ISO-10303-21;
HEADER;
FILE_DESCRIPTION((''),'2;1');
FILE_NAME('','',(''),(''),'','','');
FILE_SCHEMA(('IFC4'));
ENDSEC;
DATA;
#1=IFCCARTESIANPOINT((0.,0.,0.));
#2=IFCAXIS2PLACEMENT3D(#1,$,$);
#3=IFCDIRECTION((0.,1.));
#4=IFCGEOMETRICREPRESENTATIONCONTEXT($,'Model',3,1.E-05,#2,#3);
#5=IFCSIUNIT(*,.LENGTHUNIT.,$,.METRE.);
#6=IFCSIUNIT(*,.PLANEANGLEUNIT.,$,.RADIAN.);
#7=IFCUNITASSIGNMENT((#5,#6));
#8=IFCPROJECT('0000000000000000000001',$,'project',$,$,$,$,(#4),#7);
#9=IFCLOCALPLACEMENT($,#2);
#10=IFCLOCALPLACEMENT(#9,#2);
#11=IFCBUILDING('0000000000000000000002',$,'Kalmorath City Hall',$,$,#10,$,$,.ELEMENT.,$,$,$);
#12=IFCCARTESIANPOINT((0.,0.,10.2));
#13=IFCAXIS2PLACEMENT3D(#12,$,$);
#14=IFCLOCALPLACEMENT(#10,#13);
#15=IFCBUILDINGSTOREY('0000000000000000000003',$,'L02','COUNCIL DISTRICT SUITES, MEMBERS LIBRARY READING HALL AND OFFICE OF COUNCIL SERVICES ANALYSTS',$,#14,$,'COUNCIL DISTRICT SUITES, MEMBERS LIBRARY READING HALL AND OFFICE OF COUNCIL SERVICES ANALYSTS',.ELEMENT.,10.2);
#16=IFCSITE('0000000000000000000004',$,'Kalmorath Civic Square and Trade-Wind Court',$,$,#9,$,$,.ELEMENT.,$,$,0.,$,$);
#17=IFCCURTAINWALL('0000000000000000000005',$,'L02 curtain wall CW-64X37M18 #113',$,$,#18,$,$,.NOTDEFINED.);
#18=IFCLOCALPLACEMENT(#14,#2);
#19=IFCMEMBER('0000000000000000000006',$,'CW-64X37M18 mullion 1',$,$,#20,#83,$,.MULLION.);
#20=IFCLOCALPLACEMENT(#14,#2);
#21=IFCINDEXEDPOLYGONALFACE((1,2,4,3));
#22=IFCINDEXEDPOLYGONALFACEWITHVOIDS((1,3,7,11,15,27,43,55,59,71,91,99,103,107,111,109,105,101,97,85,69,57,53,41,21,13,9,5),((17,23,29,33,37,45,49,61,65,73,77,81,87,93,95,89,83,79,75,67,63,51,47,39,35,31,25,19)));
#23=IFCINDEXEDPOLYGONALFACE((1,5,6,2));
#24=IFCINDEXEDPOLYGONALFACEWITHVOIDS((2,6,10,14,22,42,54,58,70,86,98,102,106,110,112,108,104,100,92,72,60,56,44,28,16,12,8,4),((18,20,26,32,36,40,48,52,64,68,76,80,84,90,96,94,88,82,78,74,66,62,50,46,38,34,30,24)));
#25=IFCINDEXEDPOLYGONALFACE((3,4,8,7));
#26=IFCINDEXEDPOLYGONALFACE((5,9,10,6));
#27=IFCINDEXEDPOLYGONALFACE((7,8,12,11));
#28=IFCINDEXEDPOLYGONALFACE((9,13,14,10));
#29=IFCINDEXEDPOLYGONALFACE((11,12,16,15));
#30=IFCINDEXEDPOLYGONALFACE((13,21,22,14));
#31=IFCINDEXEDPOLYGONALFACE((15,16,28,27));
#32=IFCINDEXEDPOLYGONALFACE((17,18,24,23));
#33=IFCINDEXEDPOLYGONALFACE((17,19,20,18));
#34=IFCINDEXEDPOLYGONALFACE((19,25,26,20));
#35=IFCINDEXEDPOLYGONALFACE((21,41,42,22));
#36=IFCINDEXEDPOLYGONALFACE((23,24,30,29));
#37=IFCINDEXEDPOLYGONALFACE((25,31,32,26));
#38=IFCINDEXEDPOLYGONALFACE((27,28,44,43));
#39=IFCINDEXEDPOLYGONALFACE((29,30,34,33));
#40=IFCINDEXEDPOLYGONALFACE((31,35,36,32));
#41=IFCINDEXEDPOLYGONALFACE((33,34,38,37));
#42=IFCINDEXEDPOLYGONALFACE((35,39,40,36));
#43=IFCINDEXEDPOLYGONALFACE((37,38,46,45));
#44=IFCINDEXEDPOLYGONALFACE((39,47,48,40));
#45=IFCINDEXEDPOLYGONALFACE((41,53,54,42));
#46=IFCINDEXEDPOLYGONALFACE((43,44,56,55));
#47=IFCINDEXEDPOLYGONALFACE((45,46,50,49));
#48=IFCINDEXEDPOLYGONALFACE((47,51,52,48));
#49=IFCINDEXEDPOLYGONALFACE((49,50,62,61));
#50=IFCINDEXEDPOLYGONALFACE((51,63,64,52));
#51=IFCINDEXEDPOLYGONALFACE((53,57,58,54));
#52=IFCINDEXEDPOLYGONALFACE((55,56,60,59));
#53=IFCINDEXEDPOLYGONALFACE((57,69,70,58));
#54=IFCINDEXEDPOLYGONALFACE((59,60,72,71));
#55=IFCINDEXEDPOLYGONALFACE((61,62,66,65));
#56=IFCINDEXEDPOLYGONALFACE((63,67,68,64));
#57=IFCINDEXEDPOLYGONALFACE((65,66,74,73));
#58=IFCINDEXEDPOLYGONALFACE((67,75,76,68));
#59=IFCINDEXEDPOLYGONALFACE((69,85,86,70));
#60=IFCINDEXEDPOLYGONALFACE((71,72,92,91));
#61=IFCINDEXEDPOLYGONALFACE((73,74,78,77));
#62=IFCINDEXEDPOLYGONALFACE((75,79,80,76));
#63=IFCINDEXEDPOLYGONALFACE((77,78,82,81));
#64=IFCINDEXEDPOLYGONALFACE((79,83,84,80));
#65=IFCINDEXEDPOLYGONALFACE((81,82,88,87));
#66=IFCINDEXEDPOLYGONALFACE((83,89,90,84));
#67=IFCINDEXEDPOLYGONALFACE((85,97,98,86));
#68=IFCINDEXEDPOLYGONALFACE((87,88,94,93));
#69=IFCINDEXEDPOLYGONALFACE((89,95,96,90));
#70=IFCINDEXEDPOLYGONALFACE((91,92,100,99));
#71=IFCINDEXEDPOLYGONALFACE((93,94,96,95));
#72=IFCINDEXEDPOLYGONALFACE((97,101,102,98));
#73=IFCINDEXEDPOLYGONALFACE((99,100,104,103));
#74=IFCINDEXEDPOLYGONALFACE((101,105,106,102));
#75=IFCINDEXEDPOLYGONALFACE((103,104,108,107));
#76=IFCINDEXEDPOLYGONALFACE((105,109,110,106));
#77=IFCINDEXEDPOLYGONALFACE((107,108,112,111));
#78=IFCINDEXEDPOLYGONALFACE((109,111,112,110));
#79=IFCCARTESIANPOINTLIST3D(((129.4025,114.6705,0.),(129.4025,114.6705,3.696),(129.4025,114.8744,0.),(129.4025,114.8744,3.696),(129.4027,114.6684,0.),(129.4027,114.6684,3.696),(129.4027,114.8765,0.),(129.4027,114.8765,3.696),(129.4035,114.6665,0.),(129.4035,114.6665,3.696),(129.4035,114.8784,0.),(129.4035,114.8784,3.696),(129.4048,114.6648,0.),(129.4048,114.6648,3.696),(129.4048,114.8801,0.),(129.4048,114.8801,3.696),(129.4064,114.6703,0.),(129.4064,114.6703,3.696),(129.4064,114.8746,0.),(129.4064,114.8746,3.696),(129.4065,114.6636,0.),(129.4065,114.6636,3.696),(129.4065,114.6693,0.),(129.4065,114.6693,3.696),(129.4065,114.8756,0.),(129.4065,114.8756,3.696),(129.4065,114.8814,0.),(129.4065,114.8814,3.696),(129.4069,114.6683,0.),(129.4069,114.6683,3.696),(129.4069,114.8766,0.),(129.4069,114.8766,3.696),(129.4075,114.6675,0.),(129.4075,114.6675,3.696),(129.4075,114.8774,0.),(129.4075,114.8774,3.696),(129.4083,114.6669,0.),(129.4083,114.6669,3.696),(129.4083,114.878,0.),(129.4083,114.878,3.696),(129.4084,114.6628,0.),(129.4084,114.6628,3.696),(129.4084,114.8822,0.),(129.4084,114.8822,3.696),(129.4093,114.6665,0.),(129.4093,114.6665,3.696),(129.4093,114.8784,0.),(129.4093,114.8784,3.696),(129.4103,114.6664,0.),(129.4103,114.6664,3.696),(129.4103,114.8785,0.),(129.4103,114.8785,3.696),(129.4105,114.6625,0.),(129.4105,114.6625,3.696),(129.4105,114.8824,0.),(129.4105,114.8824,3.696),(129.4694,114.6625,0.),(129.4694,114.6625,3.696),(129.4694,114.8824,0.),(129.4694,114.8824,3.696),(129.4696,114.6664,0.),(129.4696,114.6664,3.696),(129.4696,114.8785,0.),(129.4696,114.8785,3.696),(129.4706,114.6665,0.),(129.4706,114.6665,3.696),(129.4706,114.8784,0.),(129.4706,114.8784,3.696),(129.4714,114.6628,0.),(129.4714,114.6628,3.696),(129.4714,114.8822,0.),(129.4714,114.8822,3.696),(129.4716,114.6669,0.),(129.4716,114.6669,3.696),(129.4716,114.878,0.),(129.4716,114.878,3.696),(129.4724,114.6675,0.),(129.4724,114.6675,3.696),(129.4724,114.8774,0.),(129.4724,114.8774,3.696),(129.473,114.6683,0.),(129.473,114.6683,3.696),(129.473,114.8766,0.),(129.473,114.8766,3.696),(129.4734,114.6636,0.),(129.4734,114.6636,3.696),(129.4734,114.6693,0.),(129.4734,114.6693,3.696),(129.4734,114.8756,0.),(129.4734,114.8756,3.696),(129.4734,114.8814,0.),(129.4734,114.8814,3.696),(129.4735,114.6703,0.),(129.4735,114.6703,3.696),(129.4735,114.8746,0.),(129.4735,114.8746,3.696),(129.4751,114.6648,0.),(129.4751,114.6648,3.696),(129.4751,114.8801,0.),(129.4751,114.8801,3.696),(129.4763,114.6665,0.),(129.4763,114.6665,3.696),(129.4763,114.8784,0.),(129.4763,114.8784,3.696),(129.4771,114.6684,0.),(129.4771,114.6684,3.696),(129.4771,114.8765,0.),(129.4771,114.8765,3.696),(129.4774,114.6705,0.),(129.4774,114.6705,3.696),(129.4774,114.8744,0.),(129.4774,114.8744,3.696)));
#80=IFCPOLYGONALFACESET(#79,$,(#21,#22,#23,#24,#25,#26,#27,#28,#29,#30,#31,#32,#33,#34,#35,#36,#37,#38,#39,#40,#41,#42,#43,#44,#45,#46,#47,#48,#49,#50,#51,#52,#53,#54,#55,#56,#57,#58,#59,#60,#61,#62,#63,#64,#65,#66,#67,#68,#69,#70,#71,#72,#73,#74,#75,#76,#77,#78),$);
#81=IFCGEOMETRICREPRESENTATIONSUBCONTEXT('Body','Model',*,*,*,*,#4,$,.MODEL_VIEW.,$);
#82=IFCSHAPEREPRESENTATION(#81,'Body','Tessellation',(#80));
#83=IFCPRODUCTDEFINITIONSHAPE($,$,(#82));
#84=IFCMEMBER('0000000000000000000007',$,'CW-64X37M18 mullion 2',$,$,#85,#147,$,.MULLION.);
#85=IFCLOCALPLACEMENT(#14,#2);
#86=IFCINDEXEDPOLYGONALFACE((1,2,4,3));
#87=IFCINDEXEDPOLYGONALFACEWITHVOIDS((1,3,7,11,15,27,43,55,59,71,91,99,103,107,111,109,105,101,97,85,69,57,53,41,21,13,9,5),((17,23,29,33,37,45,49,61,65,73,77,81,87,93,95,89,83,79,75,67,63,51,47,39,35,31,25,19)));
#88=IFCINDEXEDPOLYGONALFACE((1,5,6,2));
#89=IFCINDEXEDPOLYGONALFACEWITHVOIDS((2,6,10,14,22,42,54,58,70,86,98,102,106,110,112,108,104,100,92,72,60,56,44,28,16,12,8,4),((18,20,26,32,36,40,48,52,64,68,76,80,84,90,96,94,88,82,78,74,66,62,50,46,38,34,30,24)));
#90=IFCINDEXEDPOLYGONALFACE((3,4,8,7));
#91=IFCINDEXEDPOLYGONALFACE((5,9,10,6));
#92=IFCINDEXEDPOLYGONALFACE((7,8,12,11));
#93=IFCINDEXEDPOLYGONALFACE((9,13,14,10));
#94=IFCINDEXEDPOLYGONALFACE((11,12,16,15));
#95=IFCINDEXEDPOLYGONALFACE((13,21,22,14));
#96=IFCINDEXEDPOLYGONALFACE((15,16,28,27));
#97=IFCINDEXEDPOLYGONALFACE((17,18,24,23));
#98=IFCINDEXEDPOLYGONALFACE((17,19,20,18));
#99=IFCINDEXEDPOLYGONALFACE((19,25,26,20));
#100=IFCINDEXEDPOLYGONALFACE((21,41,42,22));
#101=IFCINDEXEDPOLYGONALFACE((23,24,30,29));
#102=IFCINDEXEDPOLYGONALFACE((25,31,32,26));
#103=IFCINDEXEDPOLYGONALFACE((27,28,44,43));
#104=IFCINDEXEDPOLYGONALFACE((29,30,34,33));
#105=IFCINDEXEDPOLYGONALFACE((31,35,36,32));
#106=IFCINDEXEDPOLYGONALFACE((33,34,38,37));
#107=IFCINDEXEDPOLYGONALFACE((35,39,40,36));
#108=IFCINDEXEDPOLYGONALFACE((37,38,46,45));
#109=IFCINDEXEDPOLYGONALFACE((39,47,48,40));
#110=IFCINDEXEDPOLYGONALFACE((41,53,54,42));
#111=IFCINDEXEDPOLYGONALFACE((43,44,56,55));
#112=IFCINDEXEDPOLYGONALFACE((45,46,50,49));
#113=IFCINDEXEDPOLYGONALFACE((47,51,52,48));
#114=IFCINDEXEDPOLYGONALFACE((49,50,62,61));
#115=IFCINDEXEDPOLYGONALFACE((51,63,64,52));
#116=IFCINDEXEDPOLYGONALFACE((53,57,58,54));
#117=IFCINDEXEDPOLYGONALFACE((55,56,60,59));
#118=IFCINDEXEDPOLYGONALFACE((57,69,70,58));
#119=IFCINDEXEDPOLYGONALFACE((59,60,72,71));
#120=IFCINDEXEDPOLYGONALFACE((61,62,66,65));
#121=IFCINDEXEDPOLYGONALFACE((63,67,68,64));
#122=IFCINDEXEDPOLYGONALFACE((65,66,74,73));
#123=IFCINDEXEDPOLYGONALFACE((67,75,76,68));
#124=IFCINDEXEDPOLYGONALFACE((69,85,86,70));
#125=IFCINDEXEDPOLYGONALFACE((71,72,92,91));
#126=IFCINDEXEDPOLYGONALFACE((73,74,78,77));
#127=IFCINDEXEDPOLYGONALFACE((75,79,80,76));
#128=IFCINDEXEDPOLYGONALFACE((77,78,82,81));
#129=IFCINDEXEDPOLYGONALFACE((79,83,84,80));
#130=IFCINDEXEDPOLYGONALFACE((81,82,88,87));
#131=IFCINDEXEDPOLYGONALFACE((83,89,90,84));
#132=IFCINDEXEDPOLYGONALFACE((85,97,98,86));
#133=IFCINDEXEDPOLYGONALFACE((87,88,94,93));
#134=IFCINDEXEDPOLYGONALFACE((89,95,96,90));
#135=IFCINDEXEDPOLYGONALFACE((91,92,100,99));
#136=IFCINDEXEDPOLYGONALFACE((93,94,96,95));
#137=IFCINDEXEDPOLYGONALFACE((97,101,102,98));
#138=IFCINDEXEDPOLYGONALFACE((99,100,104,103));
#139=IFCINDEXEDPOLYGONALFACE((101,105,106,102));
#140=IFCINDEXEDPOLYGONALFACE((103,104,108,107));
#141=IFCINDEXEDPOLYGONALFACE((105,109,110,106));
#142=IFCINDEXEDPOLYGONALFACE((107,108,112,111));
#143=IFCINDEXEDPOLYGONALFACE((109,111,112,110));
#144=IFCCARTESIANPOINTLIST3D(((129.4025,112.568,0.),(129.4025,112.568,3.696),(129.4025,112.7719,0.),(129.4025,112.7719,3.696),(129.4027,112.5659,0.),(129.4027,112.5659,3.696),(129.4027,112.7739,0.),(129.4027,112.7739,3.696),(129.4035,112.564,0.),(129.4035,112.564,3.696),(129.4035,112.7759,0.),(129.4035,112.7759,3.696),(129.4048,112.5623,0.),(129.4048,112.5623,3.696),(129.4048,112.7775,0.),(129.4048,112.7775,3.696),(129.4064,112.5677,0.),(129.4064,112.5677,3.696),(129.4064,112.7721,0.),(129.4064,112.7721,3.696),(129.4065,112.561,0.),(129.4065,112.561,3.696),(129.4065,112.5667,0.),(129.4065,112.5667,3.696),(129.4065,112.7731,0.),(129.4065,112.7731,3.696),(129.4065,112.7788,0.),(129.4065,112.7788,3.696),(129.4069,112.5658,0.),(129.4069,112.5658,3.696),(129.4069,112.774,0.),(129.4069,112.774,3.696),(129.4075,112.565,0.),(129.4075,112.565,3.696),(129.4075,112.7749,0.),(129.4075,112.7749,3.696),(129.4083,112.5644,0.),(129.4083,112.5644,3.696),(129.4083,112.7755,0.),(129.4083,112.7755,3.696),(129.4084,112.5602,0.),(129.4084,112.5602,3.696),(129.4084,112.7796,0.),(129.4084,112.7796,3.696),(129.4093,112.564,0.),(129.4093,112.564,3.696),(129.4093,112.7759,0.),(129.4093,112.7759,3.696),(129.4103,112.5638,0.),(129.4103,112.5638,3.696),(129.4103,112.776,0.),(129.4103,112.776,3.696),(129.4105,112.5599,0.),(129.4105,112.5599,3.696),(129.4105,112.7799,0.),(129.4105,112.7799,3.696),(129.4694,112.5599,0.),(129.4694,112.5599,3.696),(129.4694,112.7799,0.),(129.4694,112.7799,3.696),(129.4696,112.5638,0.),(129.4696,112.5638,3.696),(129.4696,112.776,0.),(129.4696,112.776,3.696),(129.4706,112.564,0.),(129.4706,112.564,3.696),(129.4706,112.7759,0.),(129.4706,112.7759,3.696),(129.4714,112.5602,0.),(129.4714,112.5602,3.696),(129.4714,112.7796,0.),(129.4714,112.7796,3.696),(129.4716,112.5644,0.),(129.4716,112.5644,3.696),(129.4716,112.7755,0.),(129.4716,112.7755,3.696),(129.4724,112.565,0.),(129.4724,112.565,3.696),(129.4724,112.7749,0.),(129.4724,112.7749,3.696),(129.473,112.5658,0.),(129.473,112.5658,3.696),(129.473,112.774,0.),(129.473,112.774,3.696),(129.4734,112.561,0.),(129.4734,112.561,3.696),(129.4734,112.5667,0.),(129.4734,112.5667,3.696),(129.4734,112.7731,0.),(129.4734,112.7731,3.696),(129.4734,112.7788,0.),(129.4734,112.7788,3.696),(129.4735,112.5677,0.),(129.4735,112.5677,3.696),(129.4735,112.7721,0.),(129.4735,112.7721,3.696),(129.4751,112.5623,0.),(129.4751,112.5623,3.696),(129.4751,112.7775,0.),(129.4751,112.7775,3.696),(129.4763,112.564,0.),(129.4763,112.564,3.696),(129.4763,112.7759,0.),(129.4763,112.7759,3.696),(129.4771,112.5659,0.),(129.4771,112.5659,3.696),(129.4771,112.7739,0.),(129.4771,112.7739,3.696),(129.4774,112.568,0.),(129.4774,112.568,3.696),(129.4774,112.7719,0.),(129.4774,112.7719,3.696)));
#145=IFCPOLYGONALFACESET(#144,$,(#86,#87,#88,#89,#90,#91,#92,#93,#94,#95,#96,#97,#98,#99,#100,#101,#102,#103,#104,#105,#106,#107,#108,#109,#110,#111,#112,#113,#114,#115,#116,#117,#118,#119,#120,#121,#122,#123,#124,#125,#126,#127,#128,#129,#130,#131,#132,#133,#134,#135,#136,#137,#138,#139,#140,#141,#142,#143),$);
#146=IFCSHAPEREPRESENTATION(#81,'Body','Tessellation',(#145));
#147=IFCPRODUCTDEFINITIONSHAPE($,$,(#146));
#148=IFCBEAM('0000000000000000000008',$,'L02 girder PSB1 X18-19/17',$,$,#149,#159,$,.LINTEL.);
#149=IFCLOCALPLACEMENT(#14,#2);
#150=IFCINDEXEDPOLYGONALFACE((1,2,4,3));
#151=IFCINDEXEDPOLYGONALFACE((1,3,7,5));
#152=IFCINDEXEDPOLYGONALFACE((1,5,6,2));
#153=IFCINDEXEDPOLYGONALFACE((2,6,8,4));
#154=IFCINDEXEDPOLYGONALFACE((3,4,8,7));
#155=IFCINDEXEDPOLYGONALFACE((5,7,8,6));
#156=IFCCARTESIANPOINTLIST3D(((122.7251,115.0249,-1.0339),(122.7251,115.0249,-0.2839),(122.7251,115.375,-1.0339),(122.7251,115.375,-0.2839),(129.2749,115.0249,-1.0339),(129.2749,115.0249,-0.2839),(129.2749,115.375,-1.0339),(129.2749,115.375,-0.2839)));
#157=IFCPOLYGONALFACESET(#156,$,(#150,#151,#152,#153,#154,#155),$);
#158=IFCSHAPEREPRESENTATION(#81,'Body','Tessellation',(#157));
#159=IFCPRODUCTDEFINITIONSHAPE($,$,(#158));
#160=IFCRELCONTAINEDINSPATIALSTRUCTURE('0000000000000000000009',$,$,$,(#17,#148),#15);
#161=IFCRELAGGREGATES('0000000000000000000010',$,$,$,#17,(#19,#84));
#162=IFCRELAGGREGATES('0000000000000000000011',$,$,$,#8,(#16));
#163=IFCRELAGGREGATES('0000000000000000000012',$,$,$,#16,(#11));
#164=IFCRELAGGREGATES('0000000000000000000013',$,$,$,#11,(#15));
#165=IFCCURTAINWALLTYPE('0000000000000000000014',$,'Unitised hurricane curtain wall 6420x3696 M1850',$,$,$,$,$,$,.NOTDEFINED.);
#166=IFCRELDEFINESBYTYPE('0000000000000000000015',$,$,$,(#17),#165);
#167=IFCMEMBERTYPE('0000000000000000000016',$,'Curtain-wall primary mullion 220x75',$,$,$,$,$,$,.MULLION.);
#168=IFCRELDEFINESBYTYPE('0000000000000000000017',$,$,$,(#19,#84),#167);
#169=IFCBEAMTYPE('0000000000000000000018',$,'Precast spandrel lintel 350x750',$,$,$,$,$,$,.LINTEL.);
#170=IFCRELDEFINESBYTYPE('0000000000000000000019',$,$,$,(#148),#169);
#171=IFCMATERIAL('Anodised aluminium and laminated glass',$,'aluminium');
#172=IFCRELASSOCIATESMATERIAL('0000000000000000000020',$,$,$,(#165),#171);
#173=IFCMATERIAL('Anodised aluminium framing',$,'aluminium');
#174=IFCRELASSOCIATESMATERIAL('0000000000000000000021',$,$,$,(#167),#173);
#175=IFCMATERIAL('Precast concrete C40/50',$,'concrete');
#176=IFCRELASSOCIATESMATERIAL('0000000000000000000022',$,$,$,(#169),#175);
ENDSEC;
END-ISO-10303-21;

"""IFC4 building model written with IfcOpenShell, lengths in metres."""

from ifc_helpers import new_model, si_unit, direction, frame, origin, origin_2d, place, context, subcontext, project, spatial, rectangle, hollow_rectangle, extrude, material, material_profile, profile_set, type_object, element, aggregate, save


model = new_model("IFC4")

# Units and contexts
model_context = context("Model", 3, precision=1e-05, world=origin(), true_north=direction((0.0, 1.0)))
body_context = subcontext(model_context, "Body", "Model", "MODEL_VIEW")
ifc_project = project(units=[si_unit("LENGTHUNIT", "METRE"), si_unit("PLANEANGLEUNIT", "RADIAN")], contexts=[model_context])

# Site, building, storey
site_placement = place(None, origin())
site = spatial("IfcSite", under=ifc_project, at=site_placement, Name="Kalmorath Civic Square and Trade-Wind Court", CompositionType="ELEMENT", RefElevation=0.0)
building_placement = place(site_placement, origin())
building = spatial("IfcBuilding", under=site, at=building_placement, Name="Kalmorath City Hall", CompositionType="ELEMENT")
storey_placement = place(building_placement, frame((0.0, 0.0, 10.2)))
storey = spatial("IfcBuildingStorey", under=building, at=storey_placement, Name="L02", Description="COUNCIL DISTRICT SUITES, MEMBERS LIBRARY READING HALL AND OFFICE OF COUNCIL SERVICES ANALYSTS", LongName="COUNCIL DISTRICT SUITES, MEMBERS LIBRARY READING HALL AND OFFICE OF COUNCIL SERVICES ANALYSTS", CompositionType="ELEMENT", Elevation=10.2)

# Curtain wall, members
ifc_material_1 = material(Name="Anodised aluminium and laminated glass", Category="aluminium")
curtain_wall_type = type_object("IfcCurtainWallType", Name="Unitised hurricane curtain wall 6420x3696 M1850", PredefinedType="NOTDEFINED", material=ifc_material_1)
curtain_wall_placement = place(storey_placement, origin())
curtain_wall = element("IfcCurtainWall", 1, at=curtain_wall_placement, inside=storey, type_object=curtain_wall_type, Name="L02 curtain wall CW-64X37M18 #113", PredefinedType="NOTDEFINED")
ifc_material_2 = material(Name="Anodised aluminium framing", Category="aluminium")
ifc_material_profile_1 = material_profile(ifc_material_2, hollow_rectangle(XDim=0.075, YDim=0.22, WallThickness=0.0039, InnerFilletRadius=0.0039, OuterFilletRadius=0.0081, at=origin_2d()), Name="ALU-MUL-220X75X4")
ifc_profile_set_1 = profile_set([ifc_material_profile_1], Name="Anodised aluminium framing")
member_type_1 = type_object("IfcMemberType", Name="Curtain-wall primary mullion 220x75", PredefinedType="MULLION", material=ifc_profile_set_1)
member_1_placement = place(storey_placement, frame((129.4399, 114.7725, 0.0), z_axis=(0.0, 0.0, 1.0), x_axis=(1.0, 0.0, 0.0)))
member_1 = element("IfcMember", 2, at=member_1_placement, type_object=member_type_1, Name="CW-64X37M18 mullion 1", PredefinedType="MULLION", context=body_context, shape_type="SweptSolid", body=[
    extrude(hollow_rectangle(XDim=0.075, YDim=0.22, WallThickness=0.0039, InnerFilletRadius=0.0039, OuterFilletRadius=0.0081, at=origin_2d()), origin(), (0.0, 0.0, 1.0), 3.696),
])
member_2_placement = place(storey_placement, frame((129.4399, 112.6699, 0.0), z_axis=(0.0, 0.0, 1.0), x_axis=(1.0, 0.0, 0.0)))
member_2 = element("IfcMember", 3, at=member_2_placement, type_object=member_type_1, Name="CW-64X37M18 mullion 2", PredefinedType="MULLION", context=body_context, shape_type="SweptSolid", body=[
    extrude(hollow_rectangle(XDim=0.075, YDim=0.22, WallThickness=0.0039, InnerFilletRadius=0.0039, OuterFilletRadius=0.0081, at=origin_2d()), origin(), (0.0, 0.0, 1.0), 3.696),
])

# Beam
ifc_material_3 = material(Name="Precast concrete C40/50", Category="concrete")
ifc_material_profile_2 = material_profile(ifc_material_3, rectangle(XDim=0.3501, YDim=0.75, at=origin_2d()), Name="PC-SP-350X750")
ifc_profile_set_2 = profile_set([ifc_material_profile_2], Name="Precast concrete C40/50")
beam_type_1 = type_object("IfcBeamType", Name="Precast spandrel lintel 350x750", PredefinedType="LINTEL", material=ifc_profile_set_2)
beam_1_placement = place(storey_placement, frame((122.7251, 115.2, -0.6589), z_axis=(1.0, 0.0, 0.0), x_axis=(0.0, 1.0, 0.0)))
element("IfcBeam", 4, at=beam_1_placement, inside=storey, type_object=beam_type_1, Name="L02 girder PSB1 X18-19/17", PredefinedType="LINTEL", context=body_context, shape_type="SweptSolid", body=[
    extrude(rectangle(XDim=0.3501, YDim=0.75, at=origin_2d()), origin(), (0.0, 0.0, 1.0), 6.5498),
])

aggregate(curtain_wall, [member_1, member_2])

save(model, "model.ifc")
